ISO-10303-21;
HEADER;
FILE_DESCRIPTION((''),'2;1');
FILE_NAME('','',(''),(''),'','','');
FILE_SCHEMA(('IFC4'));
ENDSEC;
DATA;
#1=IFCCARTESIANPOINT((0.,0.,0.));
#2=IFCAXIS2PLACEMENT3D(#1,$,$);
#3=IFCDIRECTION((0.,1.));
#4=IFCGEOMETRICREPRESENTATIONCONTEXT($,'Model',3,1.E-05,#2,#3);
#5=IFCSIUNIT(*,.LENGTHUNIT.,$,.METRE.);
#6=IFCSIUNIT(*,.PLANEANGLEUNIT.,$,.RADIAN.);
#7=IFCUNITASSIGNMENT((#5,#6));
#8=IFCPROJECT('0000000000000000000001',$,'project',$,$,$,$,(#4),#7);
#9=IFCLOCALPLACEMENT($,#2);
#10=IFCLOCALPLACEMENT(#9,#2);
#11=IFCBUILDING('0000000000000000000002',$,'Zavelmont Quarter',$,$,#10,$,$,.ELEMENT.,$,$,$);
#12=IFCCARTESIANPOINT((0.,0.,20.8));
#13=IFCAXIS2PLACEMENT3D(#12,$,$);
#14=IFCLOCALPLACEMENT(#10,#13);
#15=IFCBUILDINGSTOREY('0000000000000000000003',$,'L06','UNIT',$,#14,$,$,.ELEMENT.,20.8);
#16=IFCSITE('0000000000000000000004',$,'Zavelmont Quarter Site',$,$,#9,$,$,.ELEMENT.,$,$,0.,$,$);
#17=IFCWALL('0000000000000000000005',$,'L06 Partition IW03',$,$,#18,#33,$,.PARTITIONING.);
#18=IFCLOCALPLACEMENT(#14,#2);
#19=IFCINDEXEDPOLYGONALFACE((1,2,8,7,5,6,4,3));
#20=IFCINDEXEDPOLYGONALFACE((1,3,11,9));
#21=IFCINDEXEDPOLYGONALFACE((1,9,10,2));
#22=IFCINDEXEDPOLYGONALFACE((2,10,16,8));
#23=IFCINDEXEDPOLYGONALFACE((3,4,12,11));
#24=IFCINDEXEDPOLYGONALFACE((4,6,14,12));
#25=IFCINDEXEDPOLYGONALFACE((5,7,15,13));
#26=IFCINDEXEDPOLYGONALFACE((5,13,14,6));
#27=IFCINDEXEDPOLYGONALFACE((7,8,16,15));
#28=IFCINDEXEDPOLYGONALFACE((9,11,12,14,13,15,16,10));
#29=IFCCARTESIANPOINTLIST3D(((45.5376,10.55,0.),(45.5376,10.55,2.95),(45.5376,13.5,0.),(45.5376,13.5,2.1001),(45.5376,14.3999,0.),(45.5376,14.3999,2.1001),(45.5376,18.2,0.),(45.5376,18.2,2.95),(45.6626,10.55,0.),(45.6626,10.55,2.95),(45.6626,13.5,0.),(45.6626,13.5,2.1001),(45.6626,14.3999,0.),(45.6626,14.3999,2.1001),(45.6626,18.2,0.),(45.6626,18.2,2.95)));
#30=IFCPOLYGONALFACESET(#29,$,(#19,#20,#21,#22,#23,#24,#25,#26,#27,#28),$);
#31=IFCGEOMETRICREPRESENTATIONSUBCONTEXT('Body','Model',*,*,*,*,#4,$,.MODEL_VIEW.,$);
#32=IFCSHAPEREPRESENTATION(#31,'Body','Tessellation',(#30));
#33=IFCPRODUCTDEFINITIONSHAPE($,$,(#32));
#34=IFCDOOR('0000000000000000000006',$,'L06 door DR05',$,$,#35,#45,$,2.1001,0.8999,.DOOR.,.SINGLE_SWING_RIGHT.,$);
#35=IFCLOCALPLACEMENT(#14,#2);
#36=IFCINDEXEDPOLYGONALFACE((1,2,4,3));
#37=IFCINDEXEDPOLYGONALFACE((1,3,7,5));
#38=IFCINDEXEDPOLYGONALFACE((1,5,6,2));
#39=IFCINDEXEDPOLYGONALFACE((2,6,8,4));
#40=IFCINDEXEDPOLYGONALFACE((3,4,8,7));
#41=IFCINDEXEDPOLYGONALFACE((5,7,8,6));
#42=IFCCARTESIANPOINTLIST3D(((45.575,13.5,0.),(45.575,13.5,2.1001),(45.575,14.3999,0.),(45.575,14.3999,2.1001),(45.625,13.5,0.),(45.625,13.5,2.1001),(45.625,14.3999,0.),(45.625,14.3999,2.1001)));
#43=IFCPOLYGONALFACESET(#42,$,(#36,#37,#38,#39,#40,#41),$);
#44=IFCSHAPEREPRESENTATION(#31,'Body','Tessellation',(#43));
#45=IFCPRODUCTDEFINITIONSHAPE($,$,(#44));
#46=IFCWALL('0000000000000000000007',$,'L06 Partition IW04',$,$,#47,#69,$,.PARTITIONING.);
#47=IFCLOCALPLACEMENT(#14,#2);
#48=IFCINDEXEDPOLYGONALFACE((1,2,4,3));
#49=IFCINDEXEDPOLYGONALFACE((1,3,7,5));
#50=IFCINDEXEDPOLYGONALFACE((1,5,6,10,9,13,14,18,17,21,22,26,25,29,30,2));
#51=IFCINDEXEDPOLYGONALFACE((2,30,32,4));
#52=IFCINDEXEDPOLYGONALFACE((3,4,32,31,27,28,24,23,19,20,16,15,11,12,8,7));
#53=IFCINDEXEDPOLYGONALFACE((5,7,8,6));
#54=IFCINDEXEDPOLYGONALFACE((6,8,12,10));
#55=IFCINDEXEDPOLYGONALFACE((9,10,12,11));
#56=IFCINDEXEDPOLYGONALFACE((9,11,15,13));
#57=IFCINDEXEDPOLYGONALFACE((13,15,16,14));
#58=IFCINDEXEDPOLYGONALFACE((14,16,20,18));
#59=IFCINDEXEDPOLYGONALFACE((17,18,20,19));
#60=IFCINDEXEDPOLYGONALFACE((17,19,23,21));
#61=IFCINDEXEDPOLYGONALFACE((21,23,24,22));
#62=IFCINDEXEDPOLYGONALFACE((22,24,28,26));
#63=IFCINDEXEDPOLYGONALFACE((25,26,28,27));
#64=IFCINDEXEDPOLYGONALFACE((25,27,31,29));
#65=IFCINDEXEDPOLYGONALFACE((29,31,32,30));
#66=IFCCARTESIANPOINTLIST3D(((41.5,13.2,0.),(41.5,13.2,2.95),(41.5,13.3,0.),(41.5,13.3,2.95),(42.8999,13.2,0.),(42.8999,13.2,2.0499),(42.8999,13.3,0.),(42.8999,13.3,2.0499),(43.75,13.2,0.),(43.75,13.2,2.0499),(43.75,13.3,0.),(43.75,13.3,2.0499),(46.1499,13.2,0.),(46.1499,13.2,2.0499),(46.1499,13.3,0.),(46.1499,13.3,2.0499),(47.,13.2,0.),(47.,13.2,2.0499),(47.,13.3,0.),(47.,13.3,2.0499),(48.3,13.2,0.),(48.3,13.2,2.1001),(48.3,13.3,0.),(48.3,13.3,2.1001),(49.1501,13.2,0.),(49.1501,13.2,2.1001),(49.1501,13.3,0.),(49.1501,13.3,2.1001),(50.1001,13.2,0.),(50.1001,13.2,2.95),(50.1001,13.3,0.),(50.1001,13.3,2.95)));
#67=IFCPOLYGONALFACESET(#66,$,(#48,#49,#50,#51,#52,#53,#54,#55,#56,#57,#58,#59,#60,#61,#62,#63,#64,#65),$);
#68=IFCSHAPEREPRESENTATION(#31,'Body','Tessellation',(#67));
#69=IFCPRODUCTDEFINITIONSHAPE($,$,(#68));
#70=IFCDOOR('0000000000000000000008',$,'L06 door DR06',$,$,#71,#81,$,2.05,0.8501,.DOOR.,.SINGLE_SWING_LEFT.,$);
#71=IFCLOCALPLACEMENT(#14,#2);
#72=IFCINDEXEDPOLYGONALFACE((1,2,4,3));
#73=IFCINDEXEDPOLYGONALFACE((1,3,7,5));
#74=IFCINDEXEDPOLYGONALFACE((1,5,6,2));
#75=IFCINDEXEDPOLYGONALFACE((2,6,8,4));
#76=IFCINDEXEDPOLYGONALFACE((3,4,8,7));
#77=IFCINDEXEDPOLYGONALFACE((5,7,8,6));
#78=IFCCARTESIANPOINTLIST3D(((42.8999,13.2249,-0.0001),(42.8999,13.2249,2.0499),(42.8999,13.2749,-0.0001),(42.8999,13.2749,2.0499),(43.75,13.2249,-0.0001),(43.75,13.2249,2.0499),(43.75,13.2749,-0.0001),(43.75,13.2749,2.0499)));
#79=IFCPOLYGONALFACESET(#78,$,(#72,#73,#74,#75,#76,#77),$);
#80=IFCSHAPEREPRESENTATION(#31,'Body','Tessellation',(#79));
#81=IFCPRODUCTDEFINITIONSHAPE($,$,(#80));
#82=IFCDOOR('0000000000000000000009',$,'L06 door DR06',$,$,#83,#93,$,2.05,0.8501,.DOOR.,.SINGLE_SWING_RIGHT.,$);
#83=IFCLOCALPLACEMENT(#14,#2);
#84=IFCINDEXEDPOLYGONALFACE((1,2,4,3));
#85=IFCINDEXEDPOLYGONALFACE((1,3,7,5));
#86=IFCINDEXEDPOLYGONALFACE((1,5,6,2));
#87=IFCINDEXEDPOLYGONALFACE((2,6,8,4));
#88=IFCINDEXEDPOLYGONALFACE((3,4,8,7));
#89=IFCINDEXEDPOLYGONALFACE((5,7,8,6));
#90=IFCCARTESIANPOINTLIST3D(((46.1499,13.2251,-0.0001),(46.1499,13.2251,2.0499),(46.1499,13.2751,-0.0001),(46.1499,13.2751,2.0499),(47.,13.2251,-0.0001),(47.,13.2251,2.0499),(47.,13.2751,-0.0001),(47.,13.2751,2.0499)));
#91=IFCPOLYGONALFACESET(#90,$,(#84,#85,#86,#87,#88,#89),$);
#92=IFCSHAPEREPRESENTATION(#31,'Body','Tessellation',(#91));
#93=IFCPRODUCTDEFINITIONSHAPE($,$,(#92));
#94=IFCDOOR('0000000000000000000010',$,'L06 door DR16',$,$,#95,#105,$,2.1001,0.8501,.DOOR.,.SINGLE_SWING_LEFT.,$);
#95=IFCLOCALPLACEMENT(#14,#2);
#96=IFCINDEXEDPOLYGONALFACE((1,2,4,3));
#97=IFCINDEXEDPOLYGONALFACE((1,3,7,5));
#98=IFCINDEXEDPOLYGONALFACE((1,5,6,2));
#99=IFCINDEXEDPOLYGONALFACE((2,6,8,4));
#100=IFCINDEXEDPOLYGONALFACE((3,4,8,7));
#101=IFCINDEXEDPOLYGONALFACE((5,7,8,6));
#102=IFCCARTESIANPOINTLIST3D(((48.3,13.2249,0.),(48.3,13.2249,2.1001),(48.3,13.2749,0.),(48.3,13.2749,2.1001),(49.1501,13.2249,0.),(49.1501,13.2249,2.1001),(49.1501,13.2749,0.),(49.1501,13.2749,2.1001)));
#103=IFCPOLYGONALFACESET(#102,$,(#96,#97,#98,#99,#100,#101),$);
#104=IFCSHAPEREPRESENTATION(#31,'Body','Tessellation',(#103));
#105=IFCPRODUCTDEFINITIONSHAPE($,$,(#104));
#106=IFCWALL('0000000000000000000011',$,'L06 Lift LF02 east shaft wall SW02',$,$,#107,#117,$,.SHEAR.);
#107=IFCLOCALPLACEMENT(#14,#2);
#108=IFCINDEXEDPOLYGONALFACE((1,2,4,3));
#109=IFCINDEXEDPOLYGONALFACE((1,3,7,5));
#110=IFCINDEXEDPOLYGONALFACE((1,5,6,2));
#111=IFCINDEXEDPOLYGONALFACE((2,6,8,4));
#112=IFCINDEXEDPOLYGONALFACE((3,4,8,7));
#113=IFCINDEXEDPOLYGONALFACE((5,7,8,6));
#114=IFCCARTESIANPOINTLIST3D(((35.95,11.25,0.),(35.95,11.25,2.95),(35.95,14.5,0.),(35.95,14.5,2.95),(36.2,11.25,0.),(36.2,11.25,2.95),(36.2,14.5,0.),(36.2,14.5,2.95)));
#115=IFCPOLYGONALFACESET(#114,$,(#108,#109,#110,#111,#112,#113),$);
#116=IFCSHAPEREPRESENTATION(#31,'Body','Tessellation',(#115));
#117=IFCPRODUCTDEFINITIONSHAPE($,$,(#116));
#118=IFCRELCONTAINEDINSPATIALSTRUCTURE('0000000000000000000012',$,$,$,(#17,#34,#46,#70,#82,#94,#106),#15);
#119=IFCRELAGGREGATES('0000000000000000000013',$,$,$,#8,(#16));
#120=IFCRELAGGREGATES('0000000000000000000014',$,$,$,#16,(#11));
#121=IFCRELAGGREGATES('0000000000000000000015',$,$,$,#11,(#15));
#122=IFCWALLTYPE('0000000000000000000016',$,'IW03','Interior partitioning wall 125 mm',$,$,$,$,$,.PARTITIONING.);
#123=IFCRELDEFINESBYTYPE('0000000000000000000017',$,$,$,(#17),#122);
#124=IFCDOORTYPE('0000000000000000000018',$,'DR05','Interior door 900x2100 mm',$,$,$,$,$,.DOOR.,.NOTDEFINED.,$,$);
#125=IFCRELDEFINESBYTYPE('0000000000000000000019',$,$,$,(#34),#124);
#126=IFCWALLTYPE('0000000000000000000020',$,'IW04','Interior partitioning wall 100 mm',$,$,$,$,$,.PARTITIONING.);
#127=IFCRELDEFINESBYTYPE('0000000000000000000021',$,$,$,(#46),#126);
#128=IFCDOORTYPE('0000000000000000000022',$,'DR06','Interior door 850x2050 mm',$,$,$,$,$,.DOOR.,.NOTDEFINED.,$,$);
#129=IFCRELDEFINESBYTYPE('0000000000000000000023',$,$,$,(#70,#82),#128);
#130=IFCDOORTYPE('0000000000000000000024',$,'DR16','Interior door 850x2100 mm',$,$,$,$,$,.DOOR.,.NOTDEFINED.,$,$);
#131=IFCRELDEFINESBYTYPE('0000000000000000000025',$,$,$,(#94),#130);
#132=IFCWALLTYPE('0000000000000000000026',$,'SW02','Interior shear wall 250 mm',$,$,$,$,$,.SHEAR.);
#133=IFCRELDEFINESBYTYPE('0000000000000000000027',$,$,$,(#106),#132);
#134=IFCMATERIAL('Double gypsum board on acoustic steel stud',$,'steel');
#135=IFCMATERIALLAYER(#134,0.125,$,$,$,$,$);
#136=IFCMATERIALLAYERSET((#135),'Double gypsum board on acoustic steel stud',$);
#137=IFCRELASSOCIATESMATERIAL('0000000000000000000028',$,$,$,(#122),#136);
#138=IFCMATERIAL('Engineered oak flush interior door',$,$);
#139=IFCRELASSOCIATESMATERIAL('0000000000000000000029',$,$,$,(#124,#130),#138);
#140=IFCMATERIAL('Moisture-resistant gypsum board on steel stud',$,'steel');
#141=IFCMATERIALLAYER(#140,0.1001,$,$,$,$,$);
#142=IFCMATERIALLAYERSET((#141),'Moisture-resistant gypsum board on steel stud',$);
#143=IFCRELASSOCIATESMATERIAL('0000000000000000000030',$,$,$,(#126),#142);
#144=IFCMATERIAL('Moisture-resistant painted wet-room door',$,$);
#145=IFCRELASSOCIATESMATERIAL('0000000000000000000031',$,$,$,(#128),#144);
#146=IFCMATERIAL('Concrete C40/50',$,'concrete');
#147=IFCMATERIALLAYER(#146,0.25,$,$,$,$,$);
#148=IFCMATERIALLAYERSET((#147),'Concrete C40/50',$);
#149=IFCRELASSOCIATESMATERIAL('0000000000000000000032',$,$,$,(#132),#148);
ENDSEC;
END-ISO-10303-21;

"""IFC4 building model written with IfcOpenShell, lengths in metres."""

from ifc_helpers import new_model, si_unit, direction, frame, frame_2d, origin, origin_with_axes, place, context, subcontext, project, spatial, rectangle, extrude, material, layer, layer_set, type_object, element, fill, save


model = new_model("IFC4")

# Units and contexts
model_context = context("Model", 3, precision=1e-05, world=origin(), true_north=direction((0.0, 1.0)))
body_context = subcontext(model_context, "Body", "Model", "MODEL_VIEW")
ifc_project = project(units=[si_unit("LENGTHUNIT", "METRE"), si_unit("PLANEANGLEUNIT", "RADIAN")], contexts=[model_context])

# Site, building, storey
site_placement = place(None, origin())
site = spatial("IfcSite", under=ifc_project, at=site_placement, Name="Zavelmont Quarter Site", CompositionType="ELEMENT", RefElevation=0.0)
building_placement = place(site_placement, origin())
building = spatial("IfcBuilding", under=site, at=building_placement, Name="Zavelmont Quarter", CompositionType="ELEMENT")
storey_placement = place(building_placement, frame((0.0, 0.0, 20.8)))
storey = spatial("IfcBuildingStorey", under=building, at=storey_placement, Name="L06", Description="UNIT", CompositionType="ELEMENT", Elevation=20.8)

# Shared definitions
ifc_material_1 = material(Name="Concrete C40/50", Category="concrete")

# Wall, opening, door
ifc_material_2 = material(Name="Double gypsum board on acoustic steel stud", Category="steel")
ifc_layer_1 = layer(ifc_material_2, 0.125)
ifc_layer_set_1 = layer_set([ifc_layer_1], Name="Double gypsum board on acoustic steel stud")
wall_type_1 = type_object("IfcWallType", Name="IW03", Description="Interior partitioning wall 125 mm", PredefinedType="PARTITIONING", material=ifc_layer_set_1)
wall_1_placement = place(storey_placement, frame((45.6001, 10.55, 0.0), z_axis=(0.0, 0.0, 1.0), x_axis=(0.0, 1.0, 0.0)))
wall_1 = element("IfcWall", 1, at=wall_1_placement, inside=storey, type_object=wall_type_1, Name="L06 Partition IW03", PredefinedType="PARTITIONING", context=body_context, shape_type="SweptSolid", body=[
    extrude(rectangle(XDim=7.6499, YDim=0.125, at=frame_2d((3.825, 0.0))), origin(), (0.0, 0.0, 1.0), 2.95),
])
opening_1_placement = place(wall_1_placement, frame((2.95, 0.0, 0.0)))
opening_1 = element("IfcOpeningElement", 2, at=opening_1_placement, cuts=wall_1, PredefinedType="OPENING", context=body_context, shape_type="SweptSolid", body=[
    extrude(rectangle(XDim=0.8999, YDim=2.1001, at=frame_2d((0.45, 1.05))), frame((0.0, 0.0745, 0.0), z_axis=(0.0, -1.0, 0.0), x_axis=(1.0, 0.0, 0.0)), (0.0, 0.0, 1.0), 0.1489),
])
ifc_material_3 = material(Name="Engineered oak flush interior door")
door_type_1 = type_object("IfcDoorType", Name="DR05", Description="Interior door 900x2100 mm", OperationType="NOTDEFINED", PredefinedType="DOOR", material=ifc_material_3)
door_1_placement = place(opening_1_placement, frame((0.8999, 0.0, 0.0), z_axis=(0.0, 0.0, 1.0), x_axis=(-1.0, 0.0, 0.0)))
door_1 = element("IfcDoor", 3, at=door_1_placement, inside=storey, type_object=door_type_1, Name="L06 door DR05", OperationType="SINGLE_SWING_RIGHT", OverallHeight=2.1001, OverallWidth=0.8999, PredefinedType="DOOR", context=body_context, shape_type="SweptSolid", body=[
    extrude(rectangle(XDim=0.8999, YDim=2.1001, at=frame_2d((0.45, 1.05))), frame((0.0, 0.0249, 0.0), z_axis=(0.0, -1.0, 0.0), x_axis=(1.0, 0.0, 0.0)), (0.0, 0.0, 1.0), 0.05),
])
fill(opening_1, door_1)

# Wall, openings, doors
ifc_material_4 = material(Name="Moisture-resistant gypsum board on steel stud", Category="steel")
ifc_layer_2 = layer(ifc_material_4, 0.1001)
ifc_layer_set_2 = layer_set([ifc_layer_2], Name="Moisture-resistant gypsum board on steel stud")
wall_type_2 = type_object("IfcWallType", Name="IW04", Description="Interior partitioning wall 100 mm", PredefinedType="PARTITIONING", material=ifc_layer_set_2)
wall_2_placement = place(storey_placement, frame((41.5, 13.25, 0.0), z_axis=(0.0, 0.0, 1.0), x_axis=(1.0, 0.0, 0.0)))
wall_2 = element("IfcWall", 4, at=wall_2_placement, inside=storey, type_object=wall_type_2, Name="L06 Partition IW04", PredefinedType="PARTITIONING", context=body_context, shape_type="SweptSolid", body=[
    extrude(rectangle(XDim=8.6001, YDim=0.1001, at=frame_2d((4.3, 0.0))), origin(), (0.0, 0.0, 1.0), 2.95),
])
opening_2_placement = place(wall_2_placement, frame((1.3999, 0.0, 0.0)))
opening_2 = element("IfcOpeningElement", 5, at=opening_2_placement, cuts=wall_2, PredefinedType="OPENING", context=body_context, shape_type="SweptSolid", body=[
    extrude(rectangle(XDim=0.8501, YDim=2.05, at=frame_2d((0.425, 1.0249))), frame((0.0, 0.062, 0.0), z_axis=(0.0, -1.0, 0.0), x_axis=(1.0, 0.0, 0.0)), (0.0, 0.0, 1.0), 0.124),
])
opening_3_placement = place(wall_2_placement, frame((4.6499, 0.0, 0.0)))
opening_3 = element("IfcOpeningElement", 6, at=opening_3_placement, cuts=wall_2, PredefinedType="OPENING", context=body_context, shape_type="SweptSolid", body=[
    extrude(rectangle(XDim=0.8501, YDim=2.05, at=frame_2d((0.425, 1.0249))), frame((0.0, 0.062, 0.0), z_axis=(0.0, -1.0, 0.0), x_axis=(1.0, 0.0, 0.0)), (0.0, 0.0, 1.0), 0.124),
])
opening_4_placement = place(wall_2_placement, frame((6.8, 0.0, 0.0)))
opening_4 = element("IfcOpeningElement", 7, at=opening_4_placement, cuts=wall_2, PredefinedType="OPENING", context=body_context, shape_type="SweptSolid", body=[
    extrude(rectangle(XDim=0.8501, YDim=2.1001, at=frame_2d((0.425, 1.05))), frame((0.0, 0.062, 0.0), z_axis=(0.0, -1.0, 0.0), x_axis=(1.0, 0.0, 0.0)), (0.0, 0.0, 1.0), 0.124),
])
ifc_material_5 = material(Name="Moisture-resistant painted wet-room door")
door_type_2 = type_object("IfcDoorType", Name="DR06", Description="Interior door 850x2050 mm", OperationType="NOTDEFINED", PredefinedType="DOOR", material=ifc_material_5)
door_2_placement = place(opening_2_placement, origin_with_axes())
door_2 = element("IfcDoor", 8, at=door_2_placement, inside=storey, type_object=door_type_2, Name="L06 door DR06", OperationType="SINGLE_SWING_LEFT", OverallHeight=2.05, OverallWidth=0.8501, PredefinedType="DOOR", context=body_context, shape_type="SweptSolid", body=[
    extrude(rectangle(XDim=0.8501, YDim=2.05, at=frame_2d((0.425, 1.0249))), frame((0.0, 0.0249, 0.0), z_axis=(0.0, -1.0, 0.0), x_axis=(1.0, 0.0, 0.0)), (0.0, 0.0, 1.0), 0.05),
])
fill(opening_2, door_2)
door_3_placement = place(opening_3_placement, frame((0.8501, 0.0, 0.0), z_axis=(0.0, 0.0, 1.0), x_axis=(-1.0, 0.0, 0.0)))
door_3 = element("IfcDoor", 9, at=door_3_placement, inside=storey, type_object=door_type_2, Name="L06 door DR06", OperationType="SINGLE_SWING_RIGHT", OverallHeight=2.05, OverallWidth=0.8501, PredefinedType="DOOR", context=body_context, shape_type="SweptSolid", body=[
    extrude(rectangle(XDim=0.8501, YDim=2.05, at=frame_2d((0.425, 1.0249))), frame((0.0, 0.0249, 0.0), z_axis=(0.0, -1.0, 0.0), x_axis=(1.0, 0.0, 0.0)), (0.0, 0.0, 1.0), 0.05),
])
fill(opening_3, door_3)
door_type_3 = type_object("IfcDoorType", Name="DR16", Description="Interior door 850x2100 mm", OperationType="NOTDEFINED", PredefinedType="DOOR", material=ifc_material_3)
door_4_placement = place(opening_4_placement, origin_with_axes())
door_4 = element("IfcDoor", 10, at=door_4_placement, inside=storey, type_object=door_type_3, Name="L06 door DR16", OperationType="SINGLE_SWING_LEFT", OverallHeight=2.1001, OverallWidth=0.8501, PredefinedType="DOOR", context=body_context, shape_type="SweptSolid", body=[
    extrude(rectangle(XDim=0.8501, YDim=2.1001, at=frame_2d((0.425, 1.05))), frame((0.0, 0.0249, 0.0), z_axis=(0.0, -1.0, 0.0), x_axis=(1.0, 0.0, 0.0)), (0.0, 0.0, 1.0), 0.05),
])
fill(opening_4, door_4)

# Wall
ifc_layer_3 = layer(ifc_material_1, 0.25)
ifc_layer_set_3 = layer_set([ifc_layer_3], Name="Concrete C40/50")
wall_type_3 = type_object("IfcWallType", Name="SW02", Description="Interior shear wall 250 mm", PredefinedType="SHEAR", material=ifc_layer_set_3)
wall_3_placement = place(storey_placement, frame((36.075, 11.25, 0.0), z_axis=(0.0, 0.0, 1.0), x_axis=(0.0, 1.0, 0.0)))
element("IfcWall", 11, at=wall_3_placement, inside=storey, type_object=wall_type_3, Name="L06 Lift LF02 east shaft wall SW02", PredefinedType="SHEAR", context=body_context, shape_type="SweptSolid", body=[
    extrude(rectangle(XDim=3.25, YDim=0.25, at=frame_2d((1.625, 0.0))), origin(), (0.0, 0.0, 1.0), 2.95),
])

save(model, "model.ifc")
